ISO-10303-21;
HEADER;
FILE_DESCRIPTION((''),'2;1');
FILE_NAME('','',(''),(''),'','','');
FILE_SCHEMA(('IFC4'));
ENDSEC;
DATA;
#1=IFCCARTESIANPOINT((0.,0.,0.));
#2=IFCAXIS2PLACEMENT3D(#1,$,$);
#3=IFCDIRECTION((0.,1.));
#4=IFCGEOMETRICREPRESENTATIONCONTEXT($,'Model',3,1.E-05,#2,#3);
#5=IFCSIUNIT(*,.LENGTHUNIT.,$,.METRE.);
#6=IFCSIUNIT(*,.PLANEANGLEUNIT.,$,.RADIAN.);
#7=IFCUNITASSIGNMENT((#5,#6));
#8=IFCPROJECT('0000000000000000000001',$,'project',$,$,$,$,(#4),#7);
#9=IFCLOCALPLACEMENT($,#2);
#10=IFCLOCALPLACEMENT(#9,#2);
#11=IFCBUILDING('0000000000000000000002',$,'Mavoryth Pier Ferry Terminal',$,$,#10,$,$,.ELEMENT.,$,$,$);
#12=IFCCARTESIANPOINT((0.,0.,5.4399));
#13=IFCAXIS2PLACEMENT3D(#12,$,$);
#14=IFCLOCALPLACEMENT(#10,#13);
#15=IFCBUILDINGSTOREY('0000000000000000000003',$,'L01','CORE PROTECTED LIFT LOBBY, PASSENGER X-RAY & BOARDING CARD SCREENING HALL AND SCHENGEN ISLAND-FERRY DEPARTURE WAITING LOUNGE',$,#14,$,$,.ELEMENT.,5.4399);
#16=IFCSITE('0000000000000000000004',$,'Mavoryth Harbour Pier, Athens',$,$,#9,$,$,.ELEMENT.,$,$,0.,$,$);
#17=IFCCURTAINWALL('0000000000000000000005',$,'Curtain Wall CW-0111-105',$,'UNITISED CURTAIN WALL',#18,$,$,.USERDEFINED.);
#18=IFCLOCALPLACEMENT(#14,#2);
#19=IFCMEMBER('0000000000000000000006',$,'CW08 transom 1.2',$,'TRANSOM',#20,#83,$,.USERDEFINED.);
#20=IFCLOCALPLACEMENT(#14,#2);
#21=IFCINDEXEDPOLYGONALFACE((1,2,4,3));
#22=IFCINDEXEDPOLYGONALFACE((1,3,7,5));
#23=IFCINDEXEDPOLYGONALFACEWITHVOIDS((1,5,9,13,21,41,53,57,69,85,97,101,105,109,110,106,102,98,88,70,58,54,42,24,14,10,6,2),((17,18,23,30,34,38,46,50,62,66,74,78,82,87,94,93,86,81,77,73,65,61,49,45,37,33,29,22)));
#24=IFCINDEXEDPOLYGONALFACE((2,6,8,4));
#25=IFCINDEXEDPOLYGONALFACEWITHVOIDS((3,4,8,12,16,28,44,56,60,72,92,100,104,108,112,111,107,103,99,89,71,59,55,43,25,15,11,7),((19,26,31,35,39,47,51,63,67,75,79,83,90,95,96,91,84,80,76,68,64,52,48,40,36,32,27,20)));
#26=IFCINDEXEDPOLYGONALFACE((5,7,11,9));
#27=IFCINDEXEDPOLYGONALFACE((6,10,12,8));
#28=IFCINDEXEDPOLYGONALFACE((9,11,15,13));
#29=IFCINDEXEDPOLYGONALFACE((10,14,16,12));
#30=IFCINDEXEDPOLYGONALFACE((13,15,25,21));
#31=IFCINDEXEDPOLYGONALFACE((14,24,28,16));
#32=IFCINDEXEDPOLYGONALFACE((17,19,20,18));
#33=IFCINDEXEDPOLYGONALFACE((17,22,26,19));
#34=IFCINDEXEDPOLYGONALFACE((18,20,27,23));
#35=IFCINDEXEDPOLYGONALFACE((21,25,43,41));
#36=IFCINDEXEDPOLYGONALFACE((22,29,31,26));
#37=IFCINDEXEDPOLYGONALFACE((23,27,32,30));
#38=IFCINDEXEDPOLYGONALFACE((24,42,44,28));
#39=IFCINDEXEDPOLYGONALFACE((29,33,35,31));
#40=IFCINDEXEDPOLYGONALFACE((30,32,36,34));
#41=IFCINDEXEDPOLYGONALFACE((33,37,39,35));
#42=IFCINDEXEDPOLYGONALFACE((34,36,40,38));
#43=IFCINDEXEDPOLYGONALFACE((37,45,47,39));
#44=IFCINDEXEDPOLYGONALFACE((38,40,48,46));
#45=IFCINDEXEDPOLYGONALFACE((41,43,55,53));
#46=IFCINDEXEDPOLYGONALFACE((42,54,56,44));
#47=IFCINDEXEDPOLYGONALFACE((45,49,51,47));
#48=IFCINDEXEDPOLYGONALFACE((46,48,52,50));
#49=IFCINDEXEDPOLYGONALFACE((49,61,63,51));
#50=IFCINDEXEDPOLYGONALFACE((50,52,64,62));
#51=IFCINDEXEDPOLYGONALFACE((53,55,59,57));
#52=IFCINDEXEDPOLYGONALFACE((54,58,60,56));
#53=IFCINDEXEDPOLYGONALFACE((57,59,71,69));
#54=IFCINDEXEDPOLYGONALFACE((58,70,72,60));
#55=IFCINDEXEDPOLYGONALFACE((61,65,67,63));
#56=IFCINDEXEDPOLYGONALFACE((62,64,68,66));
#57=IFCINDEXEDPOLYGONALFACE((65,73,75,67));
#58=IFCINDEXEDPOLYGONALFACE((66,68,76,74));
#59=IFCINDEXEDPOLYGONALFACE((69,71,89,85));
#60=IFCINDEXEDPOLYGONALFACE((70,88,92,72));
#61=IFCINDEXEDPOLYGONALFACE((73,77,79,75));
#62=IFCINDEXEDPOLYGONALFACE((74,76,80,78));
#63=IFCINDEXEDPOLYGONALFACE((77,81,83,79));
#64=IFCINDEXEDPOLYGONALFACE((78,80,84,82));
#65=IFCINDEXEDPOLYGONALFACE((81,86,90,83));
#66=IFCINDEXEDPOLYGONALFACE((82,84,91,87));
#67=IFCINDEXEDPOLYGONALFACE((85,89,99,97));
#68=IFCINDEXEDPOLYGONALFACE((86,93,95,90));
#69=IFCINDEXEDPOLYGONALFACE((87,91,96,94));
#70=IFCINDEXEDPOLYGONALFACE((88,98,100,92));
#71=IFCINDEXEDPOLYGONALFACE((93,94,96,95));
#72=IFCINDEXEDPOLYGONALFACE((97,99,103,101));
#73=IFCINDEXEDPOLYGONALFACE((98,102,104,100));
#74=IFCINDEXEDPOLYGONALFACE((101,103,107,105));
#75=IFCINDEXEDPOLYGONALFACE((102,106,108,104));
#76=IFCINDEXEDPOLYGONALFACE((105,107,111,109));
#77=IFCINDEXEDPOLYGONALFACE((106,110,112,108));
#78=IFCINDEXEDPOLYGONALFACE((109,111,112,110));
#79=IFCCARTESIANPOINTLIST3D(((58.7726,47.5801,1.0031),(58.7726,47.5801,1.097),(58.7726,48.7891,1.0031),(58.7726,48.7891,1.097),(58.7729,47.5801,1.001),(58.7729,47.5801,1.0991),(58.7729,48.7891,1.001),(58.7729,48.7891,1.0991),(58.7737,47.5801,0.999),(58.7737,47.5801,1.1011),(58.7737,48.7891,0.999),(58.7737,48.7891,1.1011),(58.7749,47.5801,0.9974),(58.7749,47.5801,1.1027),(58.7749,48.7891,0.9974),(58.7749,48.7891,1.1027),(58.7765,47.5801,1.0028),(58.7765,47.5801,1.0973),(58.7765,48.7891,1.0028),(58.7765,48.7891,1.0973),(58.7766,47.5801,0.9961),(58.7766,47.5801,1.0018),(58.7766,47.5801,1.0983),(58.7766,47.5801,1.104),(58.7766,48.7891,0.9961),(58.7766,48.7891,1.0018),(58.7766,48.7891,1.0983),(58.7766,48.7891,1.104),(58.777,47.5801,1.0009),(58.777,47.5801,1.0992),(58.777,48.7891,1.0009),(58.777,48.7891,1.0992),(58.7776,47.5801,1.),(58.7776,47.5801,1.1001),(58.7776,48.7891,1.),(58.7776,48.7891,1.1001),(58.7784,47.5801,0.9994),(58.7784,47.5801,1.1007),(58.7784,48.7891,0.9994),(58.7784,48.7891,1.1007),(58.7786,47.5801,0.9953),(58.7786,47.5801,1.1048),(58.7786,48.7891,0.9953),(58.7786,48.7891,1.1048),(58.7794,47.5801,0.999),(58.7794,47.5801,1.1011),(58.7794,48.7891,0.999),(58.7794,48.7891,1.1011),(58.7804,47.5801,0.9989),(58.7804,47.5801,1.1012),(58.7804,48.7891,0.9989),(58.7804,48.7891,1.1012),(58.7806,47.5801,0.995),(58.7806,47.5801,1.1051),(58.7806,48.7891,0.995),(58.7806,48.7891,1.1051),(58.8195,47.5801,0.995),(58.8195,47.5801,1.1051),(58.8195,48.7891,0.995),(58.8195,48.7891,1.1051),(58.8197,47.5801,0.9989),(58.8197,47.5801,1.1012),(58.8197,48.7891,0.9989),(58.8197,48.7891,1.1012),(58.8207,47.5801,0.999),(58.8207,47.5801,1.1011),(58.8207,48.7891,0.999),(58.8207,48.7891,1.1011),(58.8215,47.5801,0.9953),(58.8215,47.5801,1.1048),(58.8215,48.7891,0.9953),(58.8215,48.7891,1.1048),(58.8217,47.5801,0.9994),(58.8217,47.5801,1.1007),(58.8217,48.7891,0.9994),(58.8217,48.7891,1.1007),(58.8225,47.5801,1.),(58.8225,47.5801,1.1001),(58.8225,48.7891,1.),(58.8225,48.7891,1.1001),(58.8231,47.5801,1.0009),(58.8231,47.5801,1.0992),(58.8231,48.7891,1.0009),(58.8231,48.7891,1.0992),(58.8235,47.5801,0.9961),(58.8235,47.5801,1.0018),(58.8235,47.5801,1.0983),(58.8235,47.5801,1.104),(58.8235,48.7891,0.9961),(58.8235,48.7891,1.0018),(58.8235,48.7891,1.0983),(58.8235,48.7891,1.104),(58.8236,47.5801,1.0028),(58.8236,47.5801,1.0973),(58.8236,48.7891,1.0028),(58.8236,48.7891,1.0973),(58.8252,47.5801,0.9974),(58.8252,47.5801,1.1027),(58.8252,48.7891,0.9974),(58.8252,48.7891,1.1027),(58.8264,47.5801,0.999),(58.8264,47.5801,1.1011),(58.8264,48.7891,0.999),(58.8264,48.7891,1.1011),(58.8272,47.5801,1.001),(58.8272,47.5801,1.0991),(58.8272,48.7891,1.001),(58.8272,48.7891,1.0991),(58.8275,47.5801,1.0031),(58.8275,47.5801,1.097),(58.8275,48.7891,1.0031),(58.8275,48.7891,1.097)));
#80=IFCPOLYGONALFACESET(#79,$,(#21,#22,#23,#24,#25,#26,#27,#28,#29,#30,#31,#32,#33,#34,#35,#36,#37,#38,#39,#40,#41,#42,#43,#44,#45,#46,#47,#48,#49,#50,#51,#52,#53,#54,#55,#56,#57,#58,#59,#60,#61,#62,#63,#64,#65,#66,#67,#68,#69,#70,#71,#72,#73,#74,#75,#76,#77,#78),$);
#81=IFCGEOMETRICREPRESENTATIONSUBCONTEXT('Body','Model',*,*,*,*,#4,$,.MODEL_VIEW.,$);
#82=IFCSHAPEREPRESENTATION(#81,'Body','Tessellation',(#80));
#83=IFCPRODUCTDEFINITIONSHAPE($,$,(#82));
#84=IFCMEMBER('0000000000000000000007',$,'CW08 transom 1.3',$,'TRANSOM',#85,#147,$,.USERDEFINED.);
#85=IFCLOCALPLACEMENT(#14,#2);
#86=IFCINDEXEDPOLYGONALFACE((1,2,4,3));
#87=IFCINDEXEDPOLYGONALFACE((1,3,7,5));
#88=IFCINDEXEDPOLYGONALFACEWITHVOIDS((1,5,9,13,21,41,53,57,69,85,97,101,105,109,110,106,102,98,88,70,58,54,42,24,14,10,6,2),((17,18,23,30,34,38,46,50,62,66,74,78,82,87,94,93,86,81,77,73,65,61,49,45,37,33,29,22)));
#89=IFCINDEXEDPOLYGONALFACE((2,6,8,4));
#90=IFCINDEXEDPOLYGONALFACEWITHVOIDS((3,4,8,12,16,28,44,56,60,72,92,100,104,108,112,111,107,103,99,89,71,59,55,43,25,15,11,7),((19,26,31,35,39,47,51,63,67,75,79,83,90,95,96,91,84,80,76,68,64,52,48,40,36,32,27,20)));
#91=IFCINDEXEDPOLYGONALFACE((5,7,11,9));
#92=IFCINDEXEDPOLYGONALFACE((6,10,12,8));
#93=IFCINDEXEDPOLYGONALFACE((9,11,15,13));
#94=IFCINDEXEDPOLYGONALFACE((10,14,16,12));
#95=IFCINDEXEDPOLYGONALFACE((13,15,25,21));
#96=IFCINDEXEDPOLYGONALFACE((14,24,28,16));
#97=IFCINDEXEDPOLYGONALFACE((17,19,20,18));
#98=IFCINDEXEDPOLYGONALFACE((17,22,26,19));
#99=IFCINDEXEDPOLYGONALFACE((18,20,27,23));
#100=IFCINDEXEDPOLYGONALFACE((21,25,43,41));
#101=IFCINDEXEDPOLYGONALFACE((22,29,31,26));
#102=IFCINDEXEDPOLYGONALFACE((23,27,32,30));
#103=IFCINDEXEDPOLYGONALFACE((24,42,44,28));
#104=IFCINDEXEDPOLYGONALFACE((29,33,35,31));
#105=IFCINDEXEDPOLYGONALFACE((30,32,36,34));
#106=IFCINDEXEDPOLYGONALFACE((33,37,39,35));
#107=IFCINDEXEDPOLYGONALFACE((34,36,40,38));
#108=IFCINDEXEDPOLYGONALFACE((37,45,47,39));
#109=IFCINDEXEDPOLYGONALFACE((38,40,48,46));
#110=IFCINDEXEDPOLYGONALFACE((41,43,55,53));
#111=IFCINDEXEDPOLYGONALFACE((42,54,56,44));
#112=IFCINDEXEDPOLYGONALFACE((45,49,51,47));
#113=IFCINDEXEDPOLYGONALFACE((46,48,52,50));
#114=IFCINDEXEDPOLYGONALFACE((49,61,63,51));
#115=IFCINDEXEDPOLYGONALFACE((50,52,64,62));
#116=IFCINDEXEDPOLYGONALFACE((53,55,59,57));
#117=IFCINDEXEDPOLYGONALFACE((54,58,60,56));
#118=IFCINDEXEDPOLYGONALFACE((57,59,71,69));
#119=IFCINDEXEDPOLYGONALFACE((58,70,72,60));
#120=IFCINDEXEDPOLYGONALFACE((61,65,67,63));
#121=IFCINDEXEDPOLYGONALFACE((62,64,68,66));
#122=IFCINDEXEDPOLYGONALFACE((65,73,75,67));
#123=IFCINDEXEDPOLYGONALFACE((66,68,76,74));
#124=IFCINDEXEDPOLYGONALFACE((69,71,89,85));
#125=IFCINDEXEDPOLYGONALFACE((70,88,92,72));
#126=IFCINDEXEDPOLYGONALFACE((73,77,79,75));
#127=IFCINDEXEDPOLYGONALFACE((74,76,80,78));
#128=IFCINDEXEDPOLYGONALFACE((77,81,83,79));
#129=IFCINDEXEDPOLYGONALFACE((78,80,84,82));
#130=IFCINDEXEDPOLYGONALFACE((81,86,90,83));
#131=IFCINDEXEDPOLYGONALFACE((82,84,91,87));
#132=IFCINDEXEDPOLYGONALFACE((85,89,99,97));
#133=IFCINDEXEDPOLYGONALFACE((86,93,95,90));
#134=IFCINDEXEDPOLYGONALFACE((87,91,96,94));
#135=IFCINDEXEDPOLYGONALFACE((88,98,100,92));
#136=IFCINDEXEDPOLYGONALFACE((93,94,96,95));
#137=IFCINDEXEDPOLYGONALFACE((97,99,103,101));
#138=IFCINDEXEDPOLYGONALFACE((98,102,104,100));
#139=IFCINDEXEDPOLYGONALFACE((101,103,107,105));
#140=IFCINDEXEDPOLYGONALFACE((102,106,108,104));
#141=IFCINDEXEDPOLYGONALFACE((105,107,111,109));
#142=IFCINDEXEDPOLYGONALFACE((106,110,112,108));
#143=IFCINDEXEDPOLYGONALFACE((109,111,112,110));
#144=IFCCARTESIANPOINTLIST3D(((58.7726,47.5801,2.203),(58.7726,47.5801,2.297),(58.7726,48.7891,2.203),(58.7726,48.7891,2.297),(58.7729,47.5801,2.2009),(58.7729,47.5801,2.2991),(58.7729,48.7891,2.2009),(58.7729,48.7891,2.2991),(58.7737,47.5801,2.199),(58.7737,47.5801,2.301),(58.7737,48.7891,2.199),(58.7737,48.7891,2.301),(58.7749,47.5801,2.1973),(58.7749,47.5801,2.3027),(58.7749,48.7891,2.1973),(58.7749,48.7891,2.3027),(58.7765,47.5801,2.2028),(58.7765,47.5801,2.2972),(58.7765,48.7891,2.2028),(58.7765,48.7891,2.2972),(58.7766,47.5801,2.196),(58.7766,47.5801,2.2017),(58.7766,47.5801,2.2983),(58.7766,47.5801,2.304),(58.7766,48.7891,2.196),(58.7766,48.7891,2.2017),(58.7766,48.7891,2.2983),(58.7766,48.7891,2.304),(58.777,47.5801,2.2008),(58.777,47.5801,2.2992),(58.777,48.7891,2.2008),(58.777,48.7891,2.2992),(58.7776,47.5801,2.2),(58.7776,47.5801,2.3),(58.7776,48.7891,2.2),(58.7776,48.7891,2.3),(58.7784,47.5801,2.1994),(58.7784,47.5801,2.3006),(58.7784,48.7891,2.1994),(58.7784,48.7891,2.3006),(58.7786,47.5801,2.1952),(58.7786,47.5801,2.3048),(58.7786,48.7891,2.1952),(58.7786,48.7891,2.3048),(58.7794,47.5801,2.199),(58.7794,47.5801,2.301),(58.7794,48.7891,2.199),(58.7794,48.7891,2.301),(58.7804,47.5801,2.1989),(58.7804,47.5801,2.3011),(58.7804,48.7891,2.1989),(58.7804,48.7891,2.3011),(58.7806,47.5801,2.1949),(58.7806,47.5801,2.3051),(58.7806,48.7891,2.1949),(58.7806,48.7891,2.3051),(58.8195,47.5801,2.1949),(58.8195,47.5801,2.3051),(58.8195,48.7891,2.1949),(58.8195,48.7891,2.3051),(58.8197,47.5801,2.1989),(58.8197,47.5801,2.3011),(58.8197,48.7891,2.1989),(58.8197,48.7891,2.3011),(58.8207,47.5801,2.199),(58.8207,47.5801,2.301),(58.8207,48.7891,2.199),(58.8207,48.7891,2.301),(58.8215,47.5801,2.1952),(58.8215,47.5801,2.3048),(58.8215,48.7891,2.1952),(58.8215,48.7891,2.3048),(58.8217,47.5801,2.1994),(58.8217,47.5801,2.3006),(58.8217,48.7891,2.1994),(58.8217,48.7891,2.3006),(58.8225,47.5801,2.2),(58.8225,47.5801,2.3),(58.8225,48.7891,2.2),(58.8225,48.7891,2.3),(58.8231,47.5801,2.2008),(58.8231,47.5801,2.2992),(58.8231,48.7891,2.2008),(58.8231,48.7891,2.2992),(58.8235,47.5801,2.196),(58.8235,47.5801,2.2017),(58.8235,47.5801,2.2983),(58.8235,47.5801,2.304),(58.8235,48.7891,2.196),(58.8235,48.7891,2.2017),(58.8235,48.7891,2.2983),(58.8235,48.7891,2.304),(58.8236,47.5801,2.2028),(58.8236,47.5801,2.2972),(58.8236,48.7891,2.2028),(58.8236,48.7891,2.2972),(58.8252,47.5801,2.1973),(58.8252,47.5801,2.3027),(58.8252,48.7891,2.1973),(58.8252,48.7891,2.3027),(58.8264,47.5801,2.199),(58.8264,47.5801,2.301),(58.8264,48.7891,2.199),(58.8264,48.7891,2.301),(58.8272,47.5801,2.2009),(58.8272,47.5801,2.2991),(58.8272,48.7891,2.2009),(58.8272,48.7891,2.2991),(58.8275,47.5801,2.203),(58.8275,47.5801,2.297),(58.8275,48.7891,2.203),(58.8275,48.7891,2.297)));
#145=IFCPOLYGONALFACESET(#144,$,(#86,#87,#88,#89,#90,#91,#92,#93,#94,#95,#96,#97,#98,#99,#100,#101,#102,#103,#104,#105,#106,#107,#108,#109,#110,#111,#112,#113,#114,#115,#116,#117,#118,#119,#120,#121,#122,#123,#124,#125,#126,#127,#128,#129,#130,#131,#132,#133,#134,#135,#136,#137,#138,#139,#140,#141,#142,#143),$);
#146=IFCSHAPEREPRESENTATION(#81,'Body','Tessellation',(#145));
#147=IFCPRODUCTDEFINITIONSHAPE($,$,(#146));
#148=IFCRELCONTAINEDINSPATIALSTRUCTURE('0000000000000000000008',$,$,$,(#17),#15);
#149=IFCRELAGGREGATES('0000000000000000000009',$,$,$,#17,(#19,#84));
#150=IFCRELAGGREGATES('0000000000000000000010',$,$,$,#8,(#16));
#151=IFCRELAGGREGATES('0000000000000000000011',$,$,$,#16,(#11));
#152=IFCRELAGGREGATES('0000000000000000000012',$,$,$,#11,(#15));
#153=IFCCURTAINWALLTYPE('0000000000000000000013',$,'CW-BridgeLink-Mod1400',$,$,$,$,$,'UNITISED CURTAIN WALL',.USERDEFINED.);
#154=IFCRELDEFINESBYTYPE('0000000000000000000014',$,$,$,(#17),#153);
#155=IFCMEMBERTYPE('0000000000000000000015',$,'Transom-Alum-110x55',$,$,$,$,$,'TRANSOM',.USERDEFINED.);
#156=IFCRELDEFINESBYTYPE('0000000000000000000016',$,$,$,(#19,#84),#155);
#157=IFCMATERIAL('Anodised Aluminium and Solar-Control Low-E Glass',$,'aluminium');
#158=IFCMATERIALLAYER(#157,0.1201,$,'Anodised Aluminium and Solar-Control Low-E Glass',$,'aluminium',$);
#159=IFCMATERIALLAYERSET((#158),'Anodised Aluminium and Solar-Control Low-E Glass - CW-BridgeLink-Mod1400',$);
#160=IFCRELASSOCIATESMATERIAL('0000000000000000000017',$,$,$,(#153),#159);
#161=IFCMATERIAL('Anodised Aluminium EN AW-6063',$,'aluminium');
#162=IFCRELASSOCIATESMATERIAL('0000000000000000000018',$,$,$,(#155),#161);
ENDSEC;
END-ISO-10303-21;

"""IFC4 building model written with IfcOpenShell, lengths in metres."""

from ifc_helpers import new_model, si_unit, direction, frame, origin, origin_2d, place, context, subcontext, project, spatial, hollow_rectangle, extrude, material, layer, layer_set, material_profile, profile_set, type_object, element, aggregate, save


model = new_model("IFC4")

# Units and contexts
model_context = context("Model", 3, precision=1e-05, world=origin(), true_north=direction((0.0, 1.0)))
body_context = subcontext(model_context, "Body", "Model", "MODEL_VIEW")
ifc_project = project(units=[si_unit("LENGTHUNIT", "METRE"), si_unit("PLANEANGLEUNIT", "RADIAN")], contexts=[model_context])

# Site, building, storey
site_placement = place(None, origin())
site = spatial("IfcSite", under=ifc_project, at=site_placement, Name="Mavoryth Harbour Pier, Athens", CompositionType="ELEMENT", RefElevation=0.0)
building_placement = place(site_placement, origin())
building = spatial("IfcBuilding", under=site, at=building_placement, Name="Mavoryth Pier Ferry Terminal", CompositionType="ELEMENT")
storey_placement = place(building_placement, frame((0.0, 0.0, 5.4399)))
storey = spatial("IfcBuildingStorey", under=building, at=storey_placement, Name="L01", Description="CORE PROTECTED LIFT LOBBY, PASSENGER X-RAY & BOARDING CARD SCREENING HALL AND SCHENGEN ISLAND-FERRY DEPARTURE WAITING LOUNGE", CompositionType="ELEMENT", Elevation=5.4399)

# Shared definitions
ifc_material_1 = material(Name="Anodised Aluminium and Solar-Control Low-E Glass", Category="aluminium")
ifc_layer_1 = layer(ifc_material_1, 0.1201, Name="Anodised Aluminium and Solar-Control Low-E Glass", Category="aluminium")
ifc_layer_set_1 = layer_set([ifc_layer_1], Name="Anodised Aluminium and Solar-Control Low-E Glass - CW-BridgeLink-Mod1400")
curtain_wall_type = type_object("IfcCurtainWallType", Name="CW-BridgeLink-Mod1400", ElementType="UNITISED CURTAIN WALL", PredefinedType="USERDEFINED", material=ifc_layer_set_1)
ifc_material_2 = material(Name="Anodised Aluminium EN AW-6063", Category="aluminium")

# Curtain wall
curtain_wall_1_placement = place(storey_placement, origin())
curtain_wall_1 = element("IfcCurtainWall", 1, at=curtain_wall_1_placement, inside=storey, type_object=curtain_wall_type, Name="Curtain Wall CW-0111-105", ObjectType="UNITISED CURTAIN WALL", PredefinedType="USERDEFINED")

# Members
ifc_material_profile_1 = material_profile(ifc_material_2, hollow_rectangle(XDim=0.0549, YDim=0.1101, WallThickness=0.0039, InnerFilletRadius=0.0039, OuterFilletRadius=0.0081, at=origin_2d()), Name="AL-TRAN 110x55x4", Category="aluminium")
ifc_profile_set_1 = profile_set([ifc_material_profile_1], Name="Anodised Aluminium EN AW-6063 - AL-TRAN 110x55x4")
member_type_1 = type_object("IfcMemberType", Name="Transom-Alum-110x55", ElementType="TRANSOM", PredefinedType="USERDEFINED", material=ifc_profile_set_1)
member_1_placement = place(storey_placement, frame((58.8, 47.5801, 1.05), z_axis=(0.0, 1.0, 0.0), x_axis=(-1.0, 0.0, 0.0)))
member_1 = element("IfcMember", 2, at=member_1_placement, type_object=member_type_1, Name="CW08 transom 1.2", ObjectType="TRANSOM", PredefinedType="USERDEFINED", context=body_context, shape_type="SweptSolid", body=[
    extrude(hollow_rectangle(XDim=0.0549, YDim=0.1101, WallThickness=0.0039, InnerFilletRadius=0.0039, OuterFilletRadius=0.0081, at=origin_2d()), origin(), (0.0, 0.0, 1.0), 1.209),
])
member_2_placement = place(storey_placement, frame((58.8, 47.5801, 2.25), z_axis=(0.0, 1.0, 0.0), x_axis=(-1.0, 0.0, 0.0)))
member_2 = element("IfcMember", 3, at=member_2_placement, type_object=member_type_1, Name="CW08 transom 1.3", ObjectType="TRANSOM", PredefinedType="USERDEFINED", context=body_context, shape_type="SweptSolid", body=[
    extrude(hollow_rectangle(XDim=0.0549, YDim=0.1101, WallThickness=0.0039, InnerFilletRadius=0.0039, OuterFilletRadius=0.0081, at=origin_2d()), origin(), (0.0, 0.0, 1.0), 1.209),
])

aggregate(curtain_wall_1, [member_1, member_2])

save(model, "model.ifc")
